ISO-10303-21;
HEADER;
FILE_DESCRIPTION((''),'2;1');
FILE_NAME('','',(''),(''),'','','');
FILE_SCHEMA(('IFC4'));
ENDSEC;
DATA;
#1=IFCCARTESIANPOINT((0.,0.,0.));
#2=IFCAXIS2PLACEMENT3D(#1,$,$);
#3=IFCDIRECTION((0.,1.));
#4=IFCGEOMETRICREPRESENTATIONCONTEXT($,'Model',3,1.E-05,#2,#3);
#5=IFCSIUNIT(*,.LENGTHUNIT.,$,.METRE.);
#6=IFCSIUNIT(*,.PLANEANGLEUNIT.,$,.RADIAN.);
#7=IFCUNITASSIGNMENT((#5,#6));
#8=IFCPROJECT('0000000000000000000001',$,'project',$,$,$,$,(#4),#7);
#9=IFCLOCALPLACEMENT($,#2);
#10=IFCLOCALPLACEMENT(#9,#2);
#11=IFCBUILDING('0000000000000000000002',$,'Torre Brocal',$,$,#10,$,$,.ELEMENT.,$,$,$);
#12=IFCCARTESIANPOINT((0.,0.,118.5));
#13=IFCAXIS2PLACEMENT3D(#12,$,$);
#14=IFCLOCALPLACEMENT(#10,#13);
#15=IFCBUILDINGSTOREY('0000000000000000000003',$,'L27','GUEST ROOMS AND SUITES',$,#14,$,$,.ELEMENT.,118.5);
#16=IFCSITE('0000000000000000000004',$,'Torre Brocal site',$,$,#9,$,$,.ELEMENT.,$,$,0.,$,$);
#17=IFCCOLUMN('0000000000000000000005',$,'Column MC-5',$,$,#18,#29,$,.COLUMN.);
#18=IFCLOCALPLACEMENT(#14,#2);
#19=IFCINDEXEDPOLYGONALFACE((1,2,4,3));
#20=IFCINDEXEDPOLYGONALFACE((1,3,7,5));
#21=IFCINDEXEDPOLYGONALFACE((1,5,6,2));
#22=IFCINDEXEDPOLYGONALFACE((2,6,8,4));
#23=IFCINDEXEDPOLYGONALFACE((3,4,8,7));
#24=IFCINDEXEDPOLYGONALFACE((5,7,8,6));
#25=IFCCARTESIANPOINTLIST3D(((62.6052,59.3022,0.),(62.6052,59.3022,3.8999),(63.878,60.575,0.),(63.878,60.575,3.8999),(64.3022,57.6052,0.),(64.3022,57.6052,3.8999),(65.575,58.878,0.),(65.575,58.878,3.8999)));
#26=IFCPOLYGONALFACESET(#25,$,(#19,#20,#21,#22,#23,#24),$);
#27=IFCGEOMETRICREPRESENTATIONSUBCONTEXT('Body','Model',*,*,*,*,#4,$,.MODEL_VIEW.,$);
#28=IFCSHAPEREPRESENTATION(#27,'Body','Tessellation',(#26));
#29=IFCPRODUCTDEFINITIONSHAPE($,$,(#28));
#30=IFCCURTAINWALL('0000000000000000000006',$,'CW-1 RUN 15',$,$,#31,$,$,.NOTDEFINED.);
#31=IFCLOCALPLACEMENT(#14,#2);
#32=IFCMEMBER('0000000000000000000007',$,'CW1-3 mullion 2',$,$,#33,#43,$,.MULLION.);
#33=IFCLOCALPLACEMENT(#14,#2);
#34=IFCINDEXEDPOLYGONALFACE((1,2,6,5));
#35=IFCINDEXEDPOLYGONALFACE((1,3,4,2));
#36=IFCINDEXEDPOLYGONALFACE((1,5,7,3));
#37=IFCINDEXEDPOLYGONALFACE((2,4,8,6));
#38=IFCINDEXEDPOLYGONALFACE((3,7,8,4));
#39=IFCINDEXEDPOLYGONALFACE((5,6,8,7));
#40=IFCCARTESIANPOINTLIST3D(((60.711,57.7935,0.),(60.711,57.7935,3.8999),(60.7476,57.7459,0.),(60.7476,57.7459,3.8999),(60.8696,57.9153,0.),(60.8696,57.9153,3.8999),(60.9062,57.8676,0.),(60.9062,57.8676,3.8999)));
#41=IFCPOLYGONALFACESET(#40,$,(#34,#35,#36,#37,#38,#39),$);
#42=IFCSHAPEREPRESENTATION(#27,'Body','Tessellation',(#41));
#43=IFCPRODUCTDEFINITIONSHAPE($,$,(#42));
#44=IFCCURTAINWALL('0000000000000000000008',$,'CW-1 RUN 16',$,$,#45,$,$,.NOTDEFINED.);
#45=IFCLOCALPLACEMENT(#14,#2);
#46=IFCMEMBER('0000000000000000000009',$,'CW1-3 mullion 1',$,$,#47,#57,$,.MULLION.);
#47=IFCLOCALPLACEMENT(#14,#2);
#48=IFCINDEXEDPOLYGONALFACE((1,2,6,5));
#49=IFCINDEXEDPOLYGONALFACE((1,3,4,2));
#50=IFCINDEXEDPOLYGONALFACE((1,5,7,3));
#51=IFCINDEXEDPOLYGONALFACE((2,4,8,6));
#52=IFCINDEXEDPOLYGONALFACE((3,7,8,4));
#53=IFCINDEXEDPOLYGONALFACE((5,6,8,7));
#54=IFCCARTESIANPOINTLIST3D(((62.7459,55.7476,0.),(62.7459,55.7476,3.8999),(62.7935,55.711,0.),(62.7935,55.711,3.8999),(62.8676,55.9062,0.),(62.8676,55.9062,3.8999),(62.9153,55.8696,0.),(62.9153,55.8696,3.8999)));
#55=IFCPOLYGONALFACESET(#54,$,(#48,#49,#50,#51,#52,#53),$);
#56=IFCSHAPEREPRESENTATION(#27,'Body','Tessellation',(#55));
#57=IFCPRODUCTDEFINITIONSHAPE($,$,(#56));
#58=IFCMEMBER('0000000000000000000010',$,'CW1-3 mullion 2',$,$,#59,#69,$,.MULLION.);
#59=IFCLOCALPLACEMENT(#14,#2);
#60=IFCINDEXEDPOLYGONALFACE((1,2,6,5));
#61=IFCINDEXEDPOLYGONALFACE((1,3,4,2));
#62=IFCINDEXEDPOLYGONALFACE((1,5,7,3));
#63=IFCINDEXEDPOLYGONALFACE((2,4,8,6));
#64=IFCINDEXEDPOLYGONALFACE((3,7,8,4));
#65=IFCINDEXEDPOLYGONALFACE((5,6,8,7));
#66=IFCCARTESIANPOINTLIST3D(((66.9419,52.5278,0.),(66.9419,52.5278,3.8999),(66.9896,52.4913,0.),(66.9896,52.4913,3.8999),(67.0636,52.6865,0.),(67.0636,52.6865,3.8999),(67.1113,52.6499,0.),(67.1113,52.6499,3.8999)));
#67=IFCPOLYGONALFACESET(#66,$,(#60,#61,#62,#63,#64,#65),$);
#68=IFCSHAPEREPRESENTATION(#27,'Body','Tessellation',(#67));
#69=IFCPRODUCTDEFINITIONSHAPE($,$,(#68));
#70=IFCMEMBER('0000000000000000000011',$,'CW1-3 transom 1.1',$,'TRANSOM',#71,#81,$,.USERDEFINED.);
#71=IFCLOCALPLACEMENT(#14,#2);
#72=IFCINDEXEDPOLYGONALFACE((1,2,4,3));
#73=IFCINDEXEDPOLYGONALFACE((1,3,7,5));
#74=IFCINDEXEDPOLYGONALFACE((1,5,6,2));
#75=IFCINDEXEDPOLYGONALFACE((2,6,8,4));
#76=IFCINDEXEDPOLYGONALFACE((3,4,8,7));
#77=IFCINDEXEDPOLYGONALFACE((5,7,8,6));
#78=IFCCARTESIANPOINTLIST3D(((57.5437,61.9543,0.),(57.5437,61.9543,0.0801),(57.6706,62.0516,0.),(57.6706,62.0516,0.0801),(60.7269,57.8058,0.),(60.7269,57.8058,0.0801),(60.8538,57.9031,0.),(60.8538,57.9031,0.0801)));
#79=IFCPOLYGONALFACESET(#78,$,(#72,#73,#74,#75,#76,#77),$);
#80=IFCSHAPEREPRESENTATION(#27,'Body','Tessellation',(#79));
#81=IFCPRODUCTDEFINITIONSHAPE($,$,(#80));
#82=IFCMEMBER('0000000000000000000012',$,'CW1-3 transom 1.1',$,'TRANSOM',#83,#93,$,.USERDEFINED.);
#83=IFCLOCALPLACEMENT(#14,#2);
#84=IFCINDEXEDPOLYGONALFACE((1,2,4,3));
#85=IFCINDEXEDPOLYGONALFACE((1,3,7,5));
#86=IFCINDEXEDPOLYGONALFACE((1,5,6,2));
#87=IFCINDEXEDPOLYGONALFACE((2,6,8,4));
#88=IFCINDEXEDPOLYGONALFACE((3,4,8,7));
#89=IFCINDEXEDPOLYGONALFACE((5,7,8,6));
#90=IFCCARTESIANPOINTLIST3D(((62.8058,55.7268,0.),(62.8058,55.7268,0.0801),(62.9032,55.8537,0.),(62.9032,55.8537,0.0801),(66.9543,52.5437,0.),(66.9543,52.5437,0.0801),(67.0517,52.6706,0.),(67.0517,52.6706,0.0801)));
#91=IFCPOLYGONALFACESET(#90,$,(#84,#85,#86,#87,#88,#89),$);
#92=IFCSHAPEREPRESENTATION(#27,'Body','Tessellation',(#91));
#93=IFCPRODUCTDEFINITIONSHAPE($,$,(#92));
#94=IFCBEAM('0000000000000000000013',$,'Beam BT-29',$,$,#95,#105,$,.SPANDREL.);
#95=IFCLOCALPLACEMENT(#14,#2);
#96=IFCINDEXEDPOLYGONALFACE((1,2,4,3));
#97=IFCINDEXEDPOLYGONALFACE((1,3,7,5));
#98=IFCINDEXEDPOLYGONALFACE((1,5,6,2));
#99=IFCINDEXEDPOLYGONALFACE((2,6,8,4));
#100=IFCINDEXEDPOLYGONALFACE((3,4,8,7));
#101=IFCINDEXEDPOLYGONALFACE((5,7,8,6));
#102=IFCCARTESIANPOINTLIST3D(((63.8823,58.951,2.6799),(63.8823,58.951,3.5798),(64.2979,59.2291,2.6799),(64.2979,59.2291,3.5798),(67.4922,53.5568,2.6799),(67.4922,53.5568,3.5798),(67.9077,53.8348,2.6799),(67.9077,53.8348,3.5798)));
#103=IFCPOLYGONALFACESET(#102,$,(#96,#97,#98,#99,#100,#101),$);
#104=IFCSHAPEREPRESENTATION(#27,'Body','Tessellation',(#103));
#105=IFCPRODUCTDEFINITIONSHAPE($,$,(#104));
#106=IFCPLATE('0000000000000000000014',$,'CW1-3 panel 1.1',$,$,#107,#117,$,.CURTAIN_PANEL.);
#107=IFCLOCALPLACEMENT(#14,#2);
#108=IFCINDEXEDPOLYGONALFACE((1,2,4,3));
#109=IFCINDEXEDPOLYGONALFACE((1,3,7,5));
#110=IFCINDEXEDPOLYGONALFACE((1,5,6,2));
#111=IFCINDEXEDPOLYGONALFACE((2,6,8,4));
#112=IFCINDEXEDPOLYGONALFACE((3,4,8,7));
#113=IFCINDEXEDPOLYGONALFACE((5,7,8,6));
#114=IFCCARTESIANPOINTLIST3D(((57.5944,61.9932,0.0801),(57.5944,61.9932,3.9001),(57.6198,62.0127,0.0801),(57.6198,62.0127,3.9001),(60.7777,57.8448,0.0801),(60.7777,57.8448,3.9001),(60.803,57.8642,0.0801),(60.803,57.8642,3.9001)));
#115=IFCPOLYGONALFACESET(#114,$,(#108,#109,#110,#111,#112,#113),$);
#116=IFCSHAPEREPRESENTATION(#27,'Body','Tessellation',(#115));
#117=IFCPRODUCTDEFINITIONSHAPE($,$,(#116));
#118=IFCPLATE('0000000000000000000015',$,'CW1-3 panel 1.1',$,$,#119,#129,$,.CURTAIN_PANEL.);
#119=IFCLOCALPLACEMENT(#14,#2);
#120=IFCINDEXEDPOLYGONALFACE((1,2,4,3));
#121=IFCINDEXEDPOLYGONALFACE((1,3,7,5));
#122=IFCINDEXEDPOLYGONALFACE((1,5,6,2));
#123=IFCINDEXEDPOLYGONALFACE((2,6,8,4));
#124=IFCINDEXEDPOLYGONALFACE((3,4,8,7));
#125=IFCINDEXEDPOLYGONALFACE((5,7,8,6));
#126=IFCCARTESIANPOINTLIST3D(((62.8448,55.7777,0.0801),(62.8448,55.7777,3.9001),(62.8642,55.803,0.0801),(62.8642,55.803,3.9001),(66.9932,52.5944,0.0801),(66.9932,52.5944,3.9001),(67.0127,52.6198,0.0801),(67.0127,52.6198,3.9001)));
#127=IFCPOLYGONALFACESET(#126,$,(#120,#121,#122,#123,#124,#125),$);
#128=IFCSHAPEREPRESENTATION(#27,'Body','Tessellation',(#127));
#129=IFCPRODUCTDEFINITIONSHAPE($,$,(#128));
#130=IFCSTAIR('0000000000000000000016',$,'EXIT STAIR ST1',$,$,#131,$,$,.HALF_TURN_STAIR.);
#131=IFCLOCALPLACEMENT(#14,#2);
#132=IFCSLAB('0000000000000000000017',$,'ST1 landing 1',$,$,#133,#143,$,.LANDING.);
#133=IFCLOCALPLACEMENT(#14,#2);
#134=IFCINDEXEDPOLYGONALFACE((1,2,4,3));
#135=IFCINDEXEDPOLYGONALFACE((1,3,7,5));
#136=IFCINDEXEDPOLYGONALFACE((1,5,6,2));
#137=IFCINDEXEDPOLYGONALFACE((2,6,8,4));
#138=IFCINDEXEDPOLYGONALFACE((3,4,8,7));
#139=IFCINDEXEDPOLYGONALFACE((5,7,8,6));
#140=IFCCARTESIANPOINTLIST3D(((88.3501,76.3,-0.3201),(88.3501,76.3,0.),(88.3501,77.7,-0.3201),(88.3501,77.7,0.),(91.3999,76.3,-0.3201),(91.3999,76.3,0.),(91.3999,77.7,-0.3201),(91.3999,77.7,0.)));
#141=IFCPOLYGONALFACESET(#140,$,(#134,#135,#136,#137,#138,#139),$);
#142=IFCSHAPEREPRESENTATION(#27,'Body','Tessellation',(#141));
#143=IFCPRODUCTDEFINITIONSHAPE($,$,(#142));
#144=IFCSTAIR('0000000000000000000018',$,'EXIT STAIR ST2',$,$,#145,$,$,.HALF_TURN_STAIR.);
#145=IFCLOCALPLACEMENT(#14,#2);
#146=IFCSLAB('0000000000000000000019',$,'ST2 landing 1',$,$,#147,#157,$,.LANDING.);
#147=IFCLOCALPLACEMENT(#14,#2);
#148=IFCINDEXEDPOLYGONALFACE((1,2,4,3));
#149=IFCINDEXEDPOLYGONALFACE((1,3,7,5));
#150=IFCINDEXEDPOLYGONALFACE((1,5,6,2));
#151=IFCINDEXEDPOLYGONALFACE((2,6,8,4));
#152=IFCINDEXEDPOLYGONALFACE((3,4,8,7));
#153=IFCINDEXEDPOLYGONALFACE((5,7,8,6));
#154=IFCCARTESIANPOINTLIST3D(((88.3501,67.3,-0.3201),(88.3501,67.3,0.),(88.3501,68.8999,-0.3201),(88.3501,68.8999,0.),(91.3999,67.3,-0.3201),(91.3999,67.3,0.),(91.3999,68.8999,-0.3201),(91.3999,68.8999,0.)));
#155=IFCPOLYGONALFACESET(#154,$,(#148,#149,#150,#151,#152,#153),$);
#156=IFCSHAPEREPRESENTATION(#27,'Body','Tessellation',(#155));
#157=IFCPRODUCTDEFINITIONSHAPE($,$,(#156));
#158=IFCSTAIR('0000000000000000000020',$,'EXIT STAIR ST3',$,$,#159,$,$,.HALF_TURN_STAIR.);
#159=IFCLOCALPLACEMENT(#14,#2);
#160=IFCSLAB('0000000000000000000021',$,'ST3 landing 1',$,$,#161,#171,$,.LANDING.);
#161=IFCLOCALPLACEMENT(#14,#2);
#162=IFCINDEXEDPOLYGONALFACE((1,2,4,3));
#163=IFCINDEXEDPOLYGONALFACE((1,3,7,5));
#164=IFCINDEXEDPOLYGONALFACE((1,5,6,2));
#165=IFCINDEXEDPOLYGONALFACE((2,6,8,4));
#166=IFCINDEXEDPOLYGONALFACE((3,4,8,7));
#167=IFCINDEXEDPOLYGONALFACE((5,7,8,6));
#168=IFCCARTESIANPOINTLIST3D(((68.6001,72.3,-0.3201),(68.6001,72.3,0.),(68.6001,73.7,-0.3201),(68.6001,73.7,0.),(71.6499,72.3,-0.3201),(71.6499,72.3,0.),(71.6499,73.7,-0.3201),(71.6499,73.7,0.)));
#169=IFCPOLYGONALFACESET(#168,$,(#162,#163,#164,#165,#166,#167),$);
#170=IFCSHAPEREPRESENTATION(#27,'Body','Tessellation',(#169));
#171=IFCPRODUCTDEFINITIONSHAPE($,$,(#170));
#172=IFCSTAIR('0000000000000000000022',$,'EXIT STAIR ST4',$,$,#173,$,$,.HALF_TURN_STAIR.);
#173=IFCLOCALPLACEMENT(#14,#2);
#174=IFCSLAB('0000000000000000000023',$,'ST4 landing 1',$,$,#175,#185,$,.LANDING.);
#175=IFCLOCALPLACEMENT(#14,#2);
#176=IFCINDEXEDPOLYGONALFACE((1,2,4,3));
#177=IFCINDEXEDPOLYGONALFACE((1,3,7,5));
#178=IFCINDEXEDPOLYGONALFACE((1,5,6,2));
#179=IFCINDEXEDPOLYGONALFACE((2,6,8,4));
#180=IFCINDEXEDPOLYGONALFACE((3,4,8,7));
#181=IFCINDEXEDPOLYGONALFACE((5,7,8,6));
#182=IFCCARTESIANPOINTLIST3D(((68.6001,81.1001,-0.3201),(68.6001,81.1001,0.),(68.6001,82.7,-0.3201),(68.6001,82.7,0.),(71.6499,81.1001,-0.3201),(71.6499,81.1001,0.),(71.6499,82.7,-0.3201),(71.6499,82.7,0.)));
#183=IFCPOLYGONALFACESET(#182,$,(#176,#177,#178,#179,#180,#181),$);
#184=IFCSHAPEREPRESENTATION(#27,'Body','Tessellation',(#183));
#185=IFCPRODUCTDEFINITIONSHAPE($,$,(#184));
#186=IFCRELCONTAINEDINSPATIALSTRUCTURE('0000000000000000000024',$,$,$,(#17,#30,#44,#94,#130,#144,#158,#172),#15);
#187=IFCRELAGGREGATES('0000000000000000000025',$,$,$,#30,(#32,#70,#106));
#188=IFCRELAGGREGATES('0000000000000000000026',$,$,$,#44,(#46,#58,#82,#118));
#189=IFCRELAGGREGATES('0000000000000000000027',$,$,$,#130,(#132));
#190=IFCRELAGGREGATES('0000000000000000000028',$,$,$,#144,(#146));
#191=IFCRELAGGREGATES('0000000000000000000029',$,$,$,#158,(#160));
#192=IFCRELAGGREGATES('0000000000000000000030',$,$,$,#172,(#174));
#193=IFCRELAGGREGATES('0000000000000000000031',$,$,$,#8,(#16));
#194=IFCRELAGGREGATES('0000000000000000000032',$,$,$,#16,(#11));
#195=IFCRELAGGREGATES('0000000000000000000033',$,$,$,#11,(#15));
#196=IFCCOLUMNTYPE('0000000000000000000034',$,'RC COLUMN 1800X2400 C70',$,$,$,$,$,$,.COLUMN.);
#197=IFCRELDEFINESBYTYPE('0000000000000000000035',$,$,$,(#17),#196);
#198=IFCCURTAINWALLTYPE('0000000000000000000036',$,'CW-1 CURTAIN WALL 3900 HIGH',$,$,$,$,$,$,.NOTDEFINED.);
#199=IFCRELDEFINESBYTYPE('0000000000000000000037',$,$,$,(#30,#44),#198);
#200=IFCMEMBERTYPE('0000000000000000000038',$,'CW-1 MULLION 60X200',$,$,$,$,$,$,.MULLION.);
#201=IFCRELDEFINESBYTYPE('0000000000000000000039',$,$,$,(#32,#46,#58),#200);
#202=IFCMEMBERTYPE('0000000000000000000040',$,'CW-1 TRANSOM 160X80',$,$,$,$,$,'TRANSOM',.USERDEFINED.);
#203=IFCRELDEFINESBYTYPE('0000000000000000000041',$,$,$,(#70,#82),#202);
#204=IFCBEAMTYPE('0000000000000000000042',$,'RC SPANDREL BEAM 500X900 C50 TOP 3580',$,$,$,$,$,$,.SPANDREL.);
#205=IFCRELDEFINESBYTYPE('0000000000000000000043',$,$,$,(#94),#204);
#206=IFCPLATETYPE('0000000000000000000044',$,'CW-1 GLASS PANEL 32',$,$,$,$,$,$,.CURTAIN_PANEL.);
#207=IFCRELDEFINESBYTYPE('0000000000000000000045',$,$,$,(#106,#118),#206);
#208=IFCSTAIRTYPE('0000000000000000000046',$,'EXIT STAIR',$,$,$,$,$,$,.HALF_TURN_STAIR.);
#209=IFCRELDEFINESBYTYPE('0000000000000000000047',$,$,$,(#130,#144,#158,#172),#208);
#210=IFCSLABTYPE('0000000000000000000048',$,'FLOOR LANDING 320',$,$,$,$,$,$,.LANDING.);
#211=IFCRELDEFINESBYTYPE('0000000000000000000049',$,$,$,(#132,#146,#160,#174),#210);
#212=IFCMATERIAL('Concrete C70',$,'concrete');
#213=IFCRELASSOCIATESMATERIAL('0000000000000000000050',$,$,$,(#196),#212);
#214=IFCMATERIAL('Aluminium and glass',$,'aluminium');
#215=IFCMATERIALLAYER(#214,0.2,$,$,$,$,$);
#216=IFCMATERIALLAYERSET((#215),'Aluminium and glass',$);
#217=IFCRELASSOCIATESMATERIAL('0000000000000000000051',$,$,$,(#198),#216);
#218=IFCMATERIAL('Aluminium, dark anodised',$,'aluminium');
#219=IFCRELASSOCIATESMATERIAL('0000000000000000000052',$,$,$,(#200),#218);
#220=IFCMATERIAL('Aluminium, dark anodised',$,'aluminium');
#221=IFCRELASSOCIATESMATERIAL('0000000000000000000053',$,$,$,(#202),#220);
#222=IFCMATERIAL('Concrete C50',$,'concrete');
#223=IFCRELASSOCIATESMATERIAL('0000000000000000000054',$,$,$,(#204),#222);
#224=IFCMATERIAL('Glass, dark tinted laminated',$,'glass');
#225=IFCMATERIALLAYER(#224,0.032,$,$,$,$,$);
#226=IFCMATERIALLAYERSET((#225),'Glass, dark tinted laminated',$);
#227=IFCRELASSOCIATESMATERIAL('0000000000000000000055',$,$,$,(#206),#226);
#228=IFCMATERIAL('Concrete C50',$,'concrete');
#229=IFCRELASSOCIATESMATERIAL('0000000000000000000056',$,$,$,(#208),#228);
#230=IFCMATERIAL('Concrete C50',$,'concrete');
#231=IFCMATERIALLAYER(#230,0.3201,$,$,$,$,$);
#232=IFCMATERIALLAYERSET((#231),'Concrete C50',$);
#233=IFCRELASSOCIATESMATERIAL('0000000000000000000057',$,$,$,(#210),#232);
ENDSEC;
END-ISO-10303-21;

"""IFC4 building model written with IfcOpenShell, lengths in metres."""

from ifc_helpers import new_model, si_unit, direction, frame, origin, origin_2d, place, context, subcontext, project, spatial, polyline, rectangle, outline, extrude, material, layer, layer_set, material_profile, profile_set, type_object, element, aggregate, save


model = new_model("IFC4")

# Units and contexts
model_context = context("Model", 3, precision=1e-05, world=origin(), true_north=direction((0.0, 1.0)))
body_context = subcontext(model_context, "Body", "Model", "MODEL_VIEW")
ifc_project = project(units=[si_unit("LENGTHUNIT", "METRE"), si_unit("PLANEANGLEUNIT", "RADIAN")], contexts=[model_context])

# Site, building, storey
site_placement = place(None, origin())
site = spatial("IfcSite", under=ifc_project, at=site_placement, Name="Torre Brocal site", CompositionType="ELEMENT", RefElevation=0.0)
building_placement = place(site_placement, origin())
building = spatial("IfcBuilding", under=site, at=building_placement, Name="Torre Brocal", CompositionType="ELEMENT")
storey_placement = place(building_placement, frame((0.0, 0.0, 118.5)))
storey = spatial("IfcBuildingStorey", under=building, at=storey_placement, Name="L27", Description="GUEST ROOMS AND SUITES", CompositionType="ELEMENT", Elevation=118.5)

# Column
ifc_material_1 = material(Name="Concrete C70", Category="concrete")
ifc_material_profile_1 = material_profile(ifc_material_1, rectangle(XDim=1.8, YDim=2.3999, at=origin_2d()), Name="RC 1800X2400")
ifc_profile_set_1 = profile_set([ifc_material_profile_1], Name="Concrete C70")
column_type = type_object("IfcColumnType", Name="RC COLUMN 1800X2400 C70", PredefinedType="COLUMN", material=ifc_profile_set_1)
column_placement = place(storey_placement, frame((64.0901, 59.0901, 0.0), z_axis=(0.0, 0.0, 1.0), x_axis=(-0.707107, -0.707107, 0.0)))
element("IfcColumn", 1, at=column_placement, inside=storey, type_object=column_type, Name="Column MC-5", PredefinedType="COLUMN", context=body_context, shape_type="SweptSolid", body=[
    extrude(rectangle(XDim=1.8, YDim=2.3999, at=origin_2d()), origin(), (0.0, 0.0, 1.0), 3.8999),
])

# Curtain wall, member
ifc_material_2 = material(Name="Aluminium and glass", Category="aluminium")
ifc_layer_1 = layer(ifc_material_2, 0.2)
ifc_layer_set_1 = layer_set([ifc_layer_1], Name="Aluminium and glass")
curtain_wall_type = type_object("IfcCurtainWallType", Name="CW-1 CURTAIN WALL 3900 HIGH", PredefinedType="NOTDEFINED", material=ifc_layer_set_1)
curtain_wall_1_placement = place(storey_placement, origin())
curtain_wall_1 = element("IfcCurtainWall", 2, at=curtain_wall_1_placement, inside=storey, type_object=curtain_wall_type, Name="CW-1 RUN 15", PredefinedType="NOTDEFINED")
ifc_material_3 = material(Name="Aluminium, dark anodised", Category="aluminium")
ifc_material_profile_2 = material_profile(ifc_material_3, rectangle(XDim=0.2, YDim=0.0601, at=origin_2d()), Name="CW-1 MULLION 60X200")
ifc_profile_set_2 = profile_set([ifc_material_profile_2], Name="Aluminium, dark anodised")
member_type_1 = type_object("IfcMemberType", Name="CW-1 MULLION 60X200", PredefinedType="MULLION", material=ifc_profile_set_2)
member_1_placement = place(storey_placement, frame((60.8086, 57.8306, 0.0), z_axis=(0.0, 0.0, 1.0), x_axis=(0.793353, 0.608761, 0.0)))
member_1 = element("IfcMember", 3, at=member_1_placement, type_object=member_type_1, Name="CW1-3 mullion 2", PredefinedType="MULLION", context=body_context, shape_type="SweptSolid", body=[
    extrude(rectangle(XDim=0.2, YDim=0.0601, at=origin_2d()), origin(), (0.0, 0.0, 1.0), 3.8999),
])

# Curtain wall, members
curtain_wall_2_placement = place(storey_placement, origin())
curtain_wall_2 = element("IfcCurtainWall", 4, at=curtain_wall_2_placement, inside=storey, type_object=curtain_wall_type, Name="CW-1 RUN 16", PredefinedType="NOTDEFINED")
member_2_placement = place(storey_placement, frame((62.8306, 55.8086, 0.0), z_axis=(0.0, 0.0, 1.0), x_axis=(0.608761, 0.793353, 0.0)))
member_2 = element("IfcMember", 5, at=member_2_placement, type_object=member_type_1, Name="CW1-3 mullion 1", PredefinedType="MULLION", context=body_context, shape_type="SweptSolid", body=[
    extrude(rectangle(XDim=0.2, YDim=0.0601, at=origin_2d()), origin(), (0.0, 0.0, 1.0), 3.8999),
])
member_3_placement = place(storey_placement, frame((67.0266, 52.5889, 0.0), z_axis=(0.0, 0.0, 1.0), x_axis=(0.608761, 0.793353, 0.0)))
member_3 = element("IfcMember", 6, at=member_3_placement, type_object=member_type_1, Name="CW1-3 mullion 2", PredefinedType="MULLION", context=body_context, shape_type="SweptSolid", body=[
    extrude(rectangle(XDim=0.2, YDim=0.0601, at=origin_2d()), origin(), (0.0, 0.0, 1.0), 3.8999),
])

# Members
ifc_material_4 = material(Name="Aluminium, dark anodised", Category="aluminium")
ifc_material_profile_3 = material_profile(ifc_material_4, rectangle(XDim=0.1599, YDim=0.0801, at=origin_2d()), Name="CW-1 TRANSOM 160X80")
ifc_profile_set_3 = profile_set([ifc_material_profile_3], Name="Aluminium, dark anodised")
member_type_2 = type_object("IfcMemberType", Name="CW-1 TRANSOM 160X80", ElementType="TRANSOM", PredefinedType="USERDEFINED", material=ifc_profile_set_3)
member_4_placement = place(storey_placement, frame((57.6072, 62.0029, 0.04), z_axis=(0.608749, -0.793363, 0.0), x_axis=(0.793363, 0.608749, 0.0)))
member_4 = element("IfcMember", 7, at=member_4_placement, type_object=member_type_2, Name="CW1-3 transom 1.1", ObjectType="TRANSOM", PredefinedType="USERDEFINED", context=body_context, shape_type="SweptSolid", body=[
    extrude(rectangle(XDim=0.1599, YDim=0.0801, at=origin_2d()), origin(), (0.0, 0.0, 1.0), 5.229),
])
member_5_placement = place(storey_placement, frame((62.8545, 55.7903, 0.04), z_axis=(0.793363, -0.608749, 0.0), x_axis=(0.608749, 0.793363, 0.0)))
member_5 = element("IfcMember", 8, at=member_5_placement, type_object=member_type_2, Name="CW1-3 transom 1.1", ObjectType="TRANSOM", PredefinedType="USERDEFINED", context=body_context, shape_type="SweptSolid", body=[
    extrude(rectangle(XDim=0.1599, YDim=0.0801, at=origin_2d()), origin(), (0.0, 0.0, 1.0), 5.229),
])

# Beam
ifc_material_5 = material(Name="Concrete C50", Category="concrete")
ifc_material_profile_4 = material_profile(ifc_material_5, rectangle(XDim=0.5, YDim=0.8999, at=origin_2d()), Name="RC 500X900")
ifc_profile_set_4 = profile_set([ifc_material_profile_4], Name="Concrete C50")
beam_type = type_object("IfcBeamType", Name="RC SPANDREL BEAM 500X900 C50 TOP 3580", PredefinedType="SPANDREL", material=ifc_profile_set_4)
beam_placement = place(storey_placement, frame((64.0901, 59.0901, 3.1299), z_axis=(0.556158, -0.831077, 0.0), x_axis=(0.831077, 0.556158, 0.0)))
element("IfcBeam", 9, at=beam_placement, inside=storey, type_object=beam_type, Name="Beam BT-29", PredefinedType="SPANDREL", context=body_context, shape_type="SweptSolid", body=[
    extrude(rectangle(XDim=0.5, YDim=0.8999, at=origin_2d()), origin(), (0.0, 0.0, 1.0), 6.4907),
])

# Plates
ifc_material_6 = material(Name="Glass, dark tinted laminated", Category="glass")
ifc_layer_2 = layer(ifc_material_6, 0.032)
ifc_layer_set_2 = layer_set([ifc_layer_2], Name="Glass, dark tinted laminated")
plate_type = type_object("IfcPlateType", Name="CW-1 GLASS PANEL 32", PredefinedType="CURTAIN_PANEL", material=ifc_layer_set_2)
plate_1_placement = place(storey_placement, frame((59.1987, 59.9287, 0.0801), z_axis=(0.0, 0.0, 1.0), x_axis=(0.608761, -0.793353, 0.0)))
plate_1 = element("IfcPlate", 10, at=plate_1_placement, type_object=plate_type, Name="CW1-3 panel 1.1", PredefinedType="CURTAIN_PANEL", context=body_context, shape_type="SweptSolid", body=[
    extrude(rectangle(XDim=5.229, YDim=0.032, at=origin_2d()), origin(), (0.0, 0.0, 1.0), 3.8201),
])
aggregate(curtain_wall_1, [member_1, member_4, plate_1])
plate_2_placement = place(storey_placement, frame((64.9287, 54.1987, 0.0801), z_axis=(0.0, 0.0, 1.0), x_axis=(0.793353, -0.608761, 0.0)))
plate_2 = element("IfcPlate", 11, at=plate_2_placement, type_object=plate_type, Name="CW1-3 panel 1.1", PredefinedType="CURTAIN_PANEL", context=body_context, shape_type="SweptSolid", body=[
    extrude(rectangle(XDim=5.229, YDim=0.032, at=origin_2d()), origin(), (0.0, 0.0, 1.0), 3.8201),
])
aggregate(curtain_wall_2, [member_2, member_3, member_5, plate_2])

# Stairs, slabs
ifc_material_7 = material(Name="Concrete C50", Category="concrete")
stair_type = type_object("IfcStairType", Name="EXIT STAIR", PredefinedType="HALF_TURN_STAIR", material=ifc_material_7)
stair_1_placement = place(storey_placement, origin())
stair_1 = element("IfcStair", 12, at=stair_1_placement, inside=storey, type_object=stair_type, Name="EXIT STAIR ST1", PredefinedType="HALF_TURN_STAIR")
ifc_material_8 = material(Name="Concrete C50", Category="concrete")
ifc_layer_3 = layer(ifc_material_8, 0.3201)
ifc_layer_set_3 = layer_set([ifc_layer_3], Name="Concrete C50")
slab_type_1 = type_object("IfcSlabType", Name="FLOOR LANDING 320", PredefinedType="LANDING", material=ifc_layer_set_3)
slab_1_placement = place(storey_placement, frame((0.0, 0.0, -0.3201)))
slab_1 = element("IfcSlab", 13, at=slab_1_placement, type_object=slab_type_1, Name="ST1 landing 1", PredefinedType="LANDING", context=body_context, shape_type="SweptSolid", body=[
    extrude(outline(polyline([(88.3501, 76.3), (91.3999, 76.3), (91.3999, 77.7), (88.3501, 77.7), (88.3501, 76.3)])), origin(), (0.0, 0.0, 1.0), 0.3201),
])
stair_2_placement = place(storey_placement, origin())
stair_2 = element("IfcStair", 14, at=stair_2_placement, inside=storey, type_object=stair_type, Name="EXIT STAIR ST2", PredefinedType="HALF_TURN_STAIR")
slab_2_placement = place(storey_placement, frame((0.0, 0.0, -0.3201)))
slab_2 = element("IfcSlab", 15, at=slab_2_placement, type_object=slab_type_1, Name="ST2 landing 1", PredefinedType="LANDING", context=body_context, shape_type="SweptSolid", body=[
    extrude(outline(polyline([(88.3501, 67.3), (91.3999, 67.3), (91.3999, 68.8999), (88.3501, 68.8999), (88.3501, 67.3)])), origin(), (0.0, 0.0, 1.0), 0.3201),
])
stair_3_placement = place(storey_placement, origin())
stair_3 = element("IfcStair", 16, at=stair_3_placement, inside=storey, type_object=stair_type, Name="EXIT STAIR ST3", PredefinedType="HALF_TURN_STAIR")
slab_3_placement = place(storey_placement, frame((0.0, 0.0, -0.3201)))
slab_3 = element("IfcSlab", 17, at=slab_3_placement, type_object=slab_type_1, Name="ST3 landing 1", PredefinedType="LANDING", context=body_context, shape_type="SweptSolid", body=[
    extrude(outline(polyline([(71.6499, 73.7), (68.6001, 73.7), (68.6001, 72.3), (71.6499, 72.3), (71.6499, 73.7)])), origin(), (0.0, 0.0, 1.0), 0.3201),
])
stair_4_placement = place(storey_placement, origin())
stair_4 = element("IfcStair", 18, at=stair_4_placement, inside=storey, type_object=stair_type, Name="EXIT STAIR ST4", PredefinedType="HALF_TURN_STAIR")
slab_4_placement = place(storey_placement, frame((0.0, 0.0, -0.3201)))
slab_4 = element("IfcSlab", 19, at=slab_4_placement, type_object=slab_type_1, Name="ST4 landing 1", PredefinedType="LANDING", context=body_context, shape_type="SweptSolid", body=[
    extrude(outline(polyline([(71.6499, 82.7), (68.6001, 82.7), (68.6001, 81.1001), (71.6499, 81.1001), (71.6499, 82.7)])), origin(), (0.0, 0.0, 1.0), 0.3201),
])

aggregate(stair_1, [slab_1])
aggregate(stair_2, [slab_2])
aggregate(stair_3, [slab_3])
aggregate(stair_4, [slab_4])

save(model, "model.ifc")
